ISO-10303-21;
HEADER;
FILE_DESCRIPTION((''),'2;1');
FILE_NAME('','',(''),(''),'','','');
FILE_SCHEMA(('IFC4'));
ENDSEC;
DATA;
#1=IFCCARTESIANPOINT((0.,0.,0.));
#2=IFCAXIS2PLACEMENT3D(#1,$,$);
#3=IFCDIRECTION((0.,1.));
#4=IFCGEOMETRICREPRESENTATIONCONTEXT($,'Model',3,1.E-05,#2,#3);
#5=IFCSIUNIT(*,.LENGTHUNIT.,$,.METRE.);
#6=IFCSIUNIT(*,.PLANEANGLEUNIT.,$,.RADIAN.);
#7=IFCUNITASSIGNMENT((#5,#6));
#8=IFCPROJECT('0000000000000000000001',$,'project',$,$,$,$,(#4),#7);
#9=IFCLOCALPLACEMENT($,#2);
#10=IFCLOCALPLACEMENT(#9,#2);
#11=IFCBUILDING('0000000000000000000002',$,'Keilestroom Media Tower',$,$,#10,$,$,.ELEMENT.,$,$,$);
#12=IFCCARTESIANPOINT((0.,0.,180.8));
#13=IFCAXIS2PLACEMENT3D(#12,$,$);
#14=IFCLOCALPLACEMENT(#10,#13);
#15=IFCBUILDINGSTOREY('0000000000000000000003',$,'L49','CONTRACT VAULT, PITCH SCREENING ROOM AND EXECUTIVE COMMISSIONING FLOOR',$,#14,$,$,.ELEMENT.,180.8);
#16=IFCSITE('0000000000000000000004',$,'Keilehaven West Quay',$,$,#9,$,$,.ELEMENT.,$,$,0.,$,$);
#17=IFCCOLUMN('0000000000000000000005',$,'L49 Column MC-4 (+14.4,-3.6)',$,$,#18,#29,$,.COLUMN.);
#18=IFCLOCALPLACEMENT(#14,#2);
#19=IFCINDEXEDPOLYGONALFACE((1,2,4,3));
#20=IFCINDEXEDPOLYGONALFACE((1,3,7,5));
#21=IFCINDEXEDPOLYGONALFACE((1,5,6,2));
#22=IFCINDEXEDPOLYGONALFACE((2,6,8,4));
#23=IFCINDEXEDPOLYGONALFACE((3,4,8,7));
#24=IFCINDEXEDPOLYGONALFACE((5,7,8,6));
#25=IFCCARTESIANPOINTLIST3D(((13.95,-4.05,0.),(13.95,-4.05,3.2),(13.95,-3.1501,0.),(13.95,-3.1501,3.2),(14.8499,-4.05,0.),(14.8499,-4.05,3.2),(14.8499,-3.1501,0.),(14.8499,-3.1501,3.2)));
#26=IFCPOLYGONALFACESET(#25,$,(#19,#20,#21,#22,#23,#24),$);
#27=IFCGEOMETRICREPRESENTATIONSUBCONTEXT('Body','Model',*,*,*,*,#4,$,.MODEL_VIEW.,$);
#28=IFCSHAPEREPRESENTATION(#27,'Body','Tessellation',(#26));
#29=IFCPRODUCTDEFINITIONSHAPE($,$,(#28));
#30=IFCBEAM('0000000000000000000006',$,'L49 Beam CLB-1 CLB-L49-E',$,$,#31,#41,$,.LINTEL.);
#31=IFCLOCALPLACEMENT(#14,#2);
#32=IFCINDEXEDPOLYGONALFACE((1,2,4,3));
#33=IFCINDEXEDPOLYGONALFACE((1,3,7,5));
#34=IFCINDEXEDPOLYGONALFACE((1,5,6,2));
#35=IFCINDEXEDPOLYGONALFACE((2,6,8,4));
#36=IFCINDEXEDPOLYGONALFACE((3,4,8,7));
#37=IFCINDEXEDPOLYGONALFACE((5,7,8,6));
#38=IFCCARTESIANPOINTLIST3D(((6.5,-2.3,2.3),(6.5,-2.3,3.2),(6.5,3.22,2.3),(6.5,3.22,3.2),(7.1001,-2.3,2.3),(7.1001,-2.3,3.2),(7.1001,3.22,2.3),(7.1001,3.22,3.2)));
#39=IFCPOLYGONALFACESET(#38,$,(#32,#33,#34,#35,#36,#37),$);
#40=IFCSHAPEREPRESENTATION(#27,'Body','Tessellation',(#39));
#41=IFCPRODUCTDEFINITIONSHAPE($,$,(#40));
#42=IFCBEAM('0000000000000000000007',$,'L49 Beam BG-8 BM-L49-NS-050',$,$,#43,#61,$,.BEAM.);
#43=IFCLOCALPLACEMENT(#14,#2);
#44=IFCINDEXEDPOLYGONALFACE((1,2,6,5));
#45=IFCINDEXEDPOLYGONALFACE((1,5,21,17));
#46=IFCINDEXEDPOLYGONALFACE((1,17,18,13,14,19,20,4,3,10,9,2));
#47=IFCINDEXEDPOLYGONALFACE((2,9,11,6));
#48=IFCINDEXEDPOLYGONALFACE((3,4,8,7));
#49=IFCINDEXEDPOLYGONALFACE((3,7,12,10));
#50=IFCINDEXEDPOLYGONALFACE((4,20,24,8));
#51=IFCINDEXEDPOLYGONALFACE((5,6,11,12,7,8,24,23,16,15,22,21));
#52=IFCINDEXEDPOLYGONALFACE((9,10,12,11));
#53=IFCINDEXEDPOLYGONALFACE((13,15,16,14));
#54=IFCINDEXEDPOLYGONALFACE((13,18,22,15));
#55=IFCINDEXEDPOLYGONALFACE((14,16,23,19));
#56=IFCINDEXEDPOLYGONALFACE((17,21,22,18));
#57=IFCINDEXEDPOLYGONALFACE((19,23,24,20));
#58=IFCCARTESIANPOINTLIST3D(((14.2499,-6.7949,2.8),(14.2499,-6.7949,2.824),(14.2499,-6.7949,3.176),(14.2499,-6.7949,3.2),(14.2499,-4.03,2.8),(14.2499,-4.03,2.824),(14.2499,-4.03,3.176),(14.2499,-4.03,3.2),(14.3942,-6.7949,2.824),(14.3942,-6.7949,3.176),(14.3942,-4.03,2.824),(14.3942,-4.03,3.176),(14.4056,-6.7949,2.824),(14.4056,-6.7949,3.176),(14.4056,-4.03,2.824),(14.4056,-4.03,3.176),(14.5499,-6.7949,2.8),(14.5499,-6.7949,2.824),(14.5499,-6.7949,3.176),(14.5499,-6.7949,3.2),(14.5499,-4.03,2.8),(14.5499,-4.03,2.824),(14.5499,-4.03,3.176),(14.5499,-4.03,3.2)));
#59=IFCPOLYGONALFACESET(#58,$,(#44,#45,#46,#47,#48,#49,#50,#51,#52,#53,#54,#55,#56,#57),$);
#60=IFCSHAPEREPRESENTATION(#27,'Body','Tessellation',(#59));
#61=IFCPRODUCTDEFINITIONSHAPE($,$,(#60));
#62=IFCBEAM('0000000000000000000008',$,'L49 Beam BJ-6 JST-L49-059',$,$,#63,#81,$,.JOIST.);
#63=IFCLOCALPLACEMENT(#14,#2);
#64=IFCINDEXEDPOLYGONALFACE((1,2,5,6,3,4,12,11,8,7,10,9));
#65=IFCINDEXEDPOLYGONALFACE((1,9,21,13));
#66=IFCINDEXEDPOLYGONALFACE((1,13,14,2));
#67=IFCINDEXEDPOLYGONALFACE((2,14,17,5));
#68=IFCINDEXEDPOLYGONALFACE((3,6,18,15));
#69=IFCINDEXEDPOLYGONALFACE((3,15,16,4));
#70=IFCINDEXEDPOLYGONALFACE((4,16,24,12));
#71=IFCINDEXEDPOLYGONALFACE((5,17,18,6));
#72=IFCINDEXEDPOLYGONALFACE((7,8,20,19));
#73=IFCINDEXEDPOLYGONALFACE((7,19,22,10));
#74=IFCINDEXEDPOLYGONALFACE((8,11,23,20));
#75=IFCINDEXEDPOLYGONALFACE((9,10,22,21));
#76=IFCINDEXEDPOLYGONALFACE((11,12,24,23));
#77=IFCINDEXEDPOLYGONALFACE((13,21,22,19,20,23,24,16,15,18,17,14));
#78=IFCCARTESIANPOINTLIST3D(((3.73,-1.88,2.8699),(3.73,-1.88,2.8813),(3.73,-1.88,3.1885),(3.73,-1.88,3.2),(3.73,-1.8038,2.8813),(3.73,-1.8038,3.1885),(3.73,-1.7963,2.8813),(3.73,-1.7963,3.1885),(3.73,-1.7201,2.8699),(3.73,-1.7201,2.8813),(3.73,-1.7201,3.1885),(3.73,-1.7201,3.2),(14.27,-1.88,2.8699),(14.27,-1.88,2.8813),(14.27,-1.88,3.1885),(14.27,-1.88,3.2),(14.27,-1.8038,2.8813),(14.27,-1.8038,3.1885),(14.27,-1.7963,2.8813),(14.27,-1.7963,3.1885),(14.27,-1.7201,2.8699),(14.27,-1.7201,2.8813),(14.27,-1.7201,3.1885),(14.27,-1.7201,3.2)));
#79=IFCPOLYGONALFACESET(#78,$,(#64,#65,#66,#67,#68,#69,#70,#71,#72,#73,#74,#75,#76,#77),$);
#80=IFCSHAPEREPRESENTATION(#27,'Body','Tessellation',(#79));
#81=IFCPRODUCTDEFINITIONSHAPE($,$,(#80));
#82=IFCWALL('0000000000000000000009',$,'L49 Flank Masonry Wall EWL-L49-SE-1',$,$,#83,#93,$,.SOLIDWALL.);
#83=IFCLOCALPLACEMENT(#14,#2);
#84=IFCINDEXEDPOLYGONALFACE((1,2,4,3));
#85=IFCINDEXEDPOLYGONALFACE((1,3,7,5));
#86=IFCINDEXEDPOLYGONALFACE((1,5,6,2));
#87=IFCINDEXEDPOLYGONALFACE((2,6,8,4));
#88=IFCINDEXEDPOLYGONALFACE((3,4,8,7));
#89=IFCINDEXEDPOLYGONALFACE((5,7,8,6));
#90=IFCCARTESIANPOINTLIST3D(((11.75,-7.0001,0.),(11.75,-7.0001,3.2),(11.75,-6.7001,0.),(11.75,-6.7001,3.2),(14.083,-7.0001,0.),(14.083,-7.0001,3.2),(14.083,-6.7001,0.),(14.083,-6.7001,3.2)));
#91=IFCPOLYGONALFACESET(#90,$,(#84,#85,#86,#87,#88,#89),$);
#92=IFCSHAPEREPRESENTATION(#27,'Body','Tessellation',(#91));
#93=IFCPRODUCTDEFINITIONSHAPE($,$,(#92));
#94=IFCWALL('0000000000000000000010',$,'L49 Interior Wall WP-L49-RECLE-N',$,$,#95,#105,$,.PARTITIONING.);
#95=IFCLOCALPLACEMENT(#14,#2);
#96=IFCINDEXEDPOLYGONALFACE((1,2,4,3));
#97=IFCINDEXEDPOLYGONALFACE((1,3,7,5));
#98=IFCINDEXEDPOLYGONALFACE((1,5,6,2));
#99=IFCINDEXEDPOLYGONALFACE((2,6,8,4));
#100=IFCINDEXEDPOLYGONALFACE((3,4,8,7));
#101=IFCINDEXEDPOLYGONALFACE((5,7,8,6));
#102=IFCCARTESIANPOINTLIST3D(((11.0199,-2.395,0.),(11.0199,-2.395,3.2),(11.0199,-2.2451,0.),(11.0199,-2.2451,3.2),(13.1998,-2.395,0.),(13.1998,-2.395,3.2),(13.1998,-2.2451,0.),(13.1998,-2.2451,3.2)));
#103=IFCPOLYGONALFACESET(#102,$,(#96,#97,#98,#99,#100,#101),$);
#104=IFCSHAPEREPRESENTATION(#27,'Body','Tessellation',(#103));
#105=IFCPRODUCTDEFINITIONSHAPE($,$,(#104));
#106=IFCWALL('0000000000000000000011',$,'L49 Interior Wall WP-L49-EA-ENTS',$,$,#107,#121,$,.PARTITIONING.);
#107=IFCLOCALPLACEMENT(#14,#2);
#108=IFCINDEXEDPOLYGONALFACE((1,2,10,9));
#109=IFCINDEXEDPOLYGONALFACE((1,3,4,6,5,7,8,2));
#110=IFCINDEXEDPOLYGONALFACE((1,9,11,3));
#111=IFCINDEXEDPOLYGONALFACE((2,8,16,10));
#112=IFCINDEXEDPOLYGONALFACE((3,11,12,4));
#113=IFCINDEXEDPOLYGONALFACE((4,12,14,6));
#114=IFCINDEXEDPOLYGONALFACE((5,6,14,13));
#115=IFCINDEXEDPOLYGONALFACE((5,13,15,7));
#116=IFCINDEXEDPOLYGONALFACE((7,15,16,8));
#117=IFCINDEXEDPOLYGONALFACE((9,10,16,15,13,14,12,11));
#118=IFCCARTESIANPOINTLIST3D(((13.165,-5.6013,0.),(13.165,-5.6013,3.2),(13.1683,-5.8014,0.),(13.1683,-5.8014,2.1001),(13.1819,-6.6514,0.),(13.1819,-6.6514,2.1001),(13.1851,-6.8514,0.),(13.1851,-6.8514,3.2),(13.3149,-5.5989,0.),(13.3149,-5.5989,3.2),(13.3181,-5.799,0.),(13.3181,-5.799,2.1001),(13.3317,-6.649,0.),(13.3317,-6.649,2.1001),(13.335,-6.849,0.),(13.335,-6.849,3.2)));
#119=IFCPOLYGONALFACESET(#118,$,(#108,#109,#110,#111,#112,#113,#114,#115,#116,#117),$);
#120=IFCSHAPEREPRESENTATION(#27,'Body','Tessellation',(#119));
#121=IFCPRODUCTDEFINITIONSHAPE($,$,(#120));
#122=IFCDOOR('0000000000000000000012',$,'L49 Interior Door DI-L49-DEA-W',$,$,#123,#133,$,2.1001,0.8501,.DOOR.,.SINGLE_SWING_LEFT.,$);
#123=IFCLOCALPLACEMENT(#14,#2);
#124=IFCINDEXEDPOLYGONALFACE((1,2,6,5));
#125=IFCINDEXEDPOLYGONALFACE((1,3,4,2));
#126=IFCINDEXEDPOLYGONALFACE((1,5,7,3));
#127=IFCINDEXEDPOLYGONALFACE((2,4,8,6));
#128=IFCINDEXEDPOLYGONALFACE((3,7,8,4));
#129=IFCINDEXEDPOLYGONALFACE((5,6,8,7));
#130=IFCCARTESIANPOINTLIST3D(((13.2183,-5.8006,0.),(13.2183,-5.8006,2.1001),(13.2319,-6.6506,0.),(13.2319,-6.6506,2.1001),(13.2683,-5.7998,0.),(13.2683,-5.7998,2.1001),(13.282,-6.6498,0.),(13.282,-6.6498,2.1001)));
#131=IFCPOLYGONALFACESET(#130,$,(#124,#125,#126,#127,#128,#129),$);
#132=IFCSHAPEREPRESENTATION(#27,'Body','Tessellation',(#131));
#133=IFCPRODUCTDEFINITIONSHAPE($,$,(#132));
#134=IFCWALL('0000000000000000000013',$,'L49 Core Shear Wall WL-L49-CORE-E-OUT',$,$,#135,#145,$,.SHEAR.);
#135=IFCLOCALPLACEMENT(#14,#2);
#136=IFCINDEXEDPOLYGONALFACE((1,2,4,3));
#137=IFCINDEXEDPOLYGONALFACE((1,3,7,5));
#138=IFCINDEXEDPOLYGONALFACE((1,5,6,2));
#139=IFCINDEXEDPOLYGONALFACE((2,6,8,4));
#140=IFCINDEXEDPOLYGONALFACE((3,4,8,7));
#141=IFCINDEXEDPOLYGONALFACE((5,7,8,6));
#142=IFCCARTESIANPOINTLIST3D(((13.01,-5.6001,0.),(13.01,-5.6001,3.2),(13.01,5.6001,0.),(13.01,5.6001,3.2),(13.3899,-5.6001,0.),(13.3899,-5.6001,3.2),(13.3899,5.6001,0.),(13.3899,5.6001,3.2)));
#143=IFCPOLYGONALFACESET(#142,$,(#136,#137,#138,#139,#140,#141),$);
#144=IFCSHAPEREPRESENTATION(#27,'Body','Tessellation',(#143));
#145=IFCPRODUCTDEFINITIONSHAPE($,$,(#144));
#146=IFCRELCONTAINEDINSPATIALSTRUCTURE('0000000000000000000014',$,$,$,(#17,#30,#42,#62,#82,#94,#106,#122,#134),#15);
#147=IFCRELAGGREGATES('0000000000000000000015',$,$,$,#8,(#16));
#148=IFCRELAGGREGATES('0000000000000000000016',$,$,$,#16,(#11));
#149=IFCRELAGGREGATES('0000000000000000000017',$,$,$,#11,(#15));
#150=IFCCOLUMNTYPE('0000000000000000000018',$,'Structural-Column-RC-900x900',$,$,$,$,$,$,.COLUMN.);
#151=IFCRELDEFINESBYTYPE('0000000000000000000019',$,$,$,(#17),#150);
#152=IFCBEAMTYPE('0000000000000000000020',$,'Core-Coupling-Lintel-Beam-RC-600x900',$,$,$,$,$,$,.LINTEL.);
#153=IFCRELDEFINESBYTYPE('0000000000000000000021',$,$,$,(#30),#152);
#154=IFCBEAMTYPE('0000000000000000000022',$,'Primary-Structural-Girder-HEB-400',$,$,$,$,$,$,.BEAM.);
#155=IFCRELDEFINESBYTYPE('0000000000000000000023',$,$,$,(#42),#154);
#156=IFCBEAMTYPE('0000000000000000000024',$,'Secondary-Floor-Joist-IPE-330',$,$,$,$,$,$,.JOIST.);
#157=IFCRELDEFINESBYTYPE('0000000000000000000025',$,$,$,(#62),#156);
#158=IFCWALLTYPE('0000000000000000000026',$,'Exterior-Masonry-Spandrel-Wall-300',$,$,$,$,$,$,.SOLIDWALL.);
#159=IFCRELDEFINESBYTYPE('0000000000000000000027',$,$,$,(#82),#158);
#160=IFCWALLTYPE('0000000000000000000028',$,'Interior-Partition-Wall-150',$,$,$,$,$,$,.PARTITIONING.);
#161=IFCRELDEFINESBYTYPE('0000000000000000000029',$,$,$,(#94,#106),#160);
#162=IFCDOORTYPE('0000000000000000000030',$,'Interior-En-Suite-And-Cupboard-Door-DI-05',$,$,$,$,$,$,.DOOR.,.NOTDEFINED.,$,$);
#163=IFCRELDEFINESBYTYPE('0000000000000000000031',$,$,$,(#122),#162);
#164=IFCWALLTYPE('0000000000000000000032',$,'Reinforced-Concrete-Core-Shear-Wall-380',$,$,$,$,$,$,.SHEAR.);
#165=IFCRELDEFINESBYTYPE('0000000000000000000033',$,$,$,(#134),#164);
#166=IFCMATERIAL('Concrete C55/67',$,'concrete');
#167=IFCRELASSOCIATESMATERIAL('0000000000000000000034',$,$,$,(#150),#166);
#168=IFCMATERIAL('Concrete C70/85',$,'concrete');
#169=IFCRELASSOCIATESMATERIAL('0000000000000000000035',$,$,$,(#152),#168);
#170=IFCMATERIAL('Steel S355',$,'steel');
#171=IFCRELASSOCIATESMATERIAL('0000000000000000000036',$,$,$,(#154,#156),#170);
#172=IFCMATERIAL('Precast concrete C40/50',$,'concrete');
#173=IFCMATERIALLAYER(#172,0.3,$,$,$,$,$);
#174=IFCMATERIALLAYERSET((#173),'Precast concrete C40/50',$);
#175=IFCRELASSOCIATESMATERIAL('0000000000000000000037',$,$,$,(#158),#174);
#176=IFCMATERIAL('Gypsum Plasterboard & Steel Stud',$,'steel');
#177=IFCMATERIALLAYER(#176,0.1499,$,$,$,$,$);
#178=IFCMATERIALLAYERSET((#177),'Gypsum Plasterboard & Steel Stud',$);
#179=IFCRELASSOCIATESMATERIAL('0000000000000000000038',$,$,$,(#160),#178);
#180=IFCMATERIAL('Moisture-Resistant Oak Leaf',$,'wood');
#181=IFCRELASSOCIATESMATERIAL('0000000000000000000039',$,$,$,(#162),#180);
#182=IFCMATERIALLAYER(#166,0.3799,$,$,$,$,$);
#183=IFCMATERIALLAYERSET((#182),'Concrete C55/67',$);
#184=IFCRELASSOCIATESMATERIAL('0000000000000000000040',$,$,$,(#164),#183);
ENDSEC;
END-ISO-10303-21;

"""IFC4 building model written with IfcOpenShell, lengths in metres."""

from ifc_helpers import new_model, si_unit, direction, frame, frame_2d, origin, origin_2d, place, context, subcontext, project, spatial, rectangle, i_section, extrude, source, transform, mapped, material, layer, layer_set, material_profile, profile_set, type_object, element, fill, save


model = new_model("IFC4")

# Units and contexts
model_context = context("Model", 3, precision=1e-05, world=origin(), true_north=direction((0.0, 1.0)))
body_context = subcontext(model_context, "Body", "Model", "MODEL_VIEW")
ifc_project = project(units=[si_unit("LENGTHUNIT", "METRE"), si_unit("PLANEANGLEUNIT", "RADIAN")], contexts=[model_context])

# Site, building, storey
site_placement = place(None, origin())
site = spatial("IfcSite", under=ifc_project, at=site_placement, Name="Keilehaven West Quay", CompositionType="ELEMENT", RefElevation=0.0)
building_placement = place(site_placement, origin())
building = spatial("IfcBuilding", under=site, at=building_placement, Name="Keilestroom Media Tower", CompositionType="ELEMENT")
storey_placement = place(building_placement, frame((0.0, 0.0, 180.8)))
storey = spatial("IfcBuildingStorey", under=building, at=storey_placement, Name="L49", Description="CONTRACT VAULT, PITCH SCREENING ROOM AND EXECUTIVE COMMISSIONING FLOOR", CompositionType="ELEMENT", Elevation=180.8)

# Column
ifc_material_1 = material(Name="Concrete C55/67", Category="concrete")
ifc_material_profile_1 = material_profile(ifc_material_1, rectangle(XDim=0.8999, YDim=0.8999, at=origin_2d()), Name="RC 900x900")
ifc_profile_set_1 = profile_set([ifc_material_profile_1], Name="Concrete C55/67")
column_type = type_object("IfcColumnType", Name="Structural-Column-RC-900x900", PredefinedType="COLUMN", material=ifc_profile_set_1)
shared_shape_1 = source(origin(), body_context, "Body", "SweptSolid", [
    extrude(rectangle(XDim=0.8999, YDim=0.8999, at=origin_2d()), origin(), (0.0, 0.0, 1.0), 3.2),
])
column_placement = place(storey_placement, frame((14.3999, -3.6001, 0.0), z_axis=(0.0, 0.0, 1.0), x_axis=(1.0, 0.0, 0.0)))
element("IfcColumn", 1, at=column_placement, inside=storey, type_object=column_type, Name="L49 Column MC-4 (+14.4,-3.6)", PredefinedType="COLUMN", context=body_context, shape_type="MappedRepresentation", body=[
    mapped(shared_shape_1, transform((0.0, 0.0, 0.0), x_axis=(1.0, 0.0, 0.0), y_axis=(0.0, 1.0, 0.0), z_axis=(0.0, 0.0, 1.0), scale=1.0)),
])

# Beams
ifc_material_2 = material(Name="Concrete C70/85", Category="concrete")
ifc_material_profile_2 = material_profile(ifc_material_2, rectangle(XDim=0.6001, YDim=0.8999, at=origin_2d()), Name="RC 600x900")
ifc_profile_set_2 = profile_set([ifc_material_profile_2], Name="Concrete C70/85")
beam_type_1 = type_object("IfcBeamType", Name="Core-Coupling-Lintel-Beam-RC-600x900", PredefinedType="LINTEL", material=ifc_profile_set_2)
shared_shape_2 = source(origin(), body_context, "Body", "SweptSolid", [
    extrude(rectangle(XDim=0.6001, YDim=0.8999, at=origin_2d()), origin(), (0.0, 0.0, 1.0), 5.52),
])
beam_1_placement = place(storey_placement, frame((6.8, -2.3, 2.75), z_axis=(0.0, 1.0, 0.0), x_axis=(-1.0, 0.0, 0.0)))
element("IfcBeam", 2, at=beam_1_placement, inside=storey, type_object=beam_type_1, Name="L49 Beam CLB-1 CLB-L49-E", PredefinedType="LINTEL", context=body_context, shape_type="MappedRepresentation", body=[
    mapped(shared_shape_2, transform((0.0, 0.0, 0.0), x_axis=(1.0, 0.0, 0.0), y_axis=(0.0, 1.0, 0.0), z_axis=(0.0, 0.0, 1.0), scale=1.0)),
])
ifc_material_3 = material(Name="Steel S355", Category="steel")
ifc_material_profile_3 = material_profile(ifc_material_3, i_section(OverallWidth=0.3, OverallDepth=0.3999, WebThickness=0.0115, FlangeThickness=0.0239, at=origin_2d()), Name="HEB 400")
ifc_profile_set_3 = profile_set([ifc_material_profile_3], Name="Steel S355")
beam_type_2 = type_object("IfcBeamType", Name="Primary-Structural-Girder-HEB-400", PredefinedType="BEAM", material=ifc_profile_set_3)
shared_shape_3 = source(origin(), body_context, "Body", "SweptSolid", [
    extrude(i_section(OverallWidth=0.3, OverallDepth=0.3999, WebThickness=0.0115, FlangeThickness=0.0239, at=origin_2d()), origin(), (0.0, 0.0, 1.0), 2.7649),
])
beam_2_placement = place(storey_placement, frame((14.3999, -6.7949, 3.0), z_axis=(0.0, 1.0, 0.0), x_axis=(-1.0, 0.0, 0.0)))
element("IfcBeam", 3, at=beam_2_placement, inside=storey, type_object=beam_type_2, Name="L49 Beam BG-8 BM-L49-NS-050", PredefinedType="BEAM", context=body_context, shape_type="MappedRepresentation", body=[
    mapped(shared_shape_3, transform((0.0, 0.0, 0.0), x_axis=(1.0, 0.0, 0.0), y_axis=(0.0, 1.0, 0.0), z_axis=(0.0, 0.0, 1.0), scale=1.0)),
])
ifc_material_profile_4 = material_profile(ifc_material_3, i_section(OverallWidth=0.1599, OverallDepth=0.3301, WebThickness=0.0076, FlangeThickness=0.0115, at=origin_2d()), Name="IPE 330")
ifc_profile_set_4 = profile_set([ifc_material_profile_4], Name="Steel S355")
beam_type_3 = type_object("IfcBeamType", Name="Secondary-Floor-Joist-IPE-330", PredefinedType="JOIST", material=ifc_profile_set_4)
shared_shape_4 = source(origin(), body_context, "Body", "SweptSolid", [
    extrude(i_section(OverallWidth=0.1599, OverallDepth=0.3301, WebThickness=0.0076, FlangeThickness=0.0115, at=origin_2d()), origin(), (0.0, 0.0, 1.0), 10.54),
])
beam_3_placement = place(storey_placement, frame((3.73, -1.8, 3.0349), z_axis=(1.0, 0.0, 0.0), x_axis=(0.0, 1.0, 0.0)))
element("IfcBeam", 4, at=beam_3_placement, inside=storey, type_object=beam_type_3, Name="L49 Beam BJ-6 JST-L49-059", PredefinedType="JOIST", context=body_context, shape_type="MappedRepresentation", body=[
    mapped(shared_shape_4, transform((0.0, 0.0, 0.0), x_axis=(1.0, 0.0, 0.0), y_axis=(0.0, 1.0, 0.0), z_axis=(0.0, 0.0, 1.0), scale=1.0)),
])

# Walls
ifc_material_4 = material(Name="Precast concrete C40/50", Category="concrete")
ifc_layer_1 = layer(ifc_material_4, 0.3)
ifc_layer_set_1 = layer_set([ifc_layer_1], Name="Precast concrete C40/50")
wall_type_1 = type_object("IfcWallType", Name="Exterior-Masonry-Spandrel-Wall-300", PredefinedType="SOLIDWALL", material=ifc_layer_set_1)
wall_1_placement = place(storey_placement, frame((11.75, -6.8501, 0.0), z_axis=(0.0, 0.0, 1.0), x_axis=(1.0, 0.0, 0.0)))
element("IfcWall", 5, at=wall_1_placement, inside=storey, type_object=wall_type_1, Name="L49 Flank Masonry Wall EWL-L49-SE-1", PredefinedType="SOLIDWALL", context=body_context, shape_type="SweptSolid", body=[
    extrude(rectangle(XDim=2.333, YDim=0.3, at=frame_2d((1.1665, 0.0))), origin(), (0.0, 0.0, 1.0), 3.2),
])
ifc_material_5 = material(Name="Gypsum Plasterboard & Steel Stud", Category="steel")
ifc_layer_2 = layer(ifc_material_5, 0.1499)
ifc_layer_set_2 = layer_set([ifc_layer_2], Name="Gypsum Plasterboard & Steel Stud")
wall_type_2 = type_object("IfcWallType", Name="Interior-Partition-Wall-150", PredefinedType="PARTITIONING", material=ifc_layer_set_2)
wall_2_placement = place(storey_placement, frame((11.02, -2.3201, 0.0), z_axis=(0.0, 0.0, 1.0), x_axis=(1.0, 0.0, 0.0)))
element("IfcWall", 6, at=wall_2_placement, inside=storey, type_object=wall_type_2, Name="L49 Interior Wall WP-L49-RECLE-N", PredefinedType="PARTITIONING", context=body_context, shape_type="SweptSolid", body=[
    extrude(rectangle(XDim=2.1799, YDim=0.1499, at=frame_2d((1.0898, 0.0))), origin(), (0.0, 0.0, 1.0), 3.2),
])

# Wall, opening, door
wall_3_placement = place(storey_placement, frame((13.26, -6.8501, 0.0), z_axis=(0.0, 0.0, 1.0), x_axis=(-0.016014, 0.999872, 0.0)))
wall_3 = element("IfcWall", 7, at=wall_3_placement, inside=storey, type_object=wall_type_2, Name="L49 Interior Wall WP-L49-EA-ENTS", PredefinedType="PARTITIONING", context=body_context, shape_type="SweptSolid", body=[
    extrude(rectangle(XDim=1.2502, YDim=0.1499, at=frame_2d((0.625, 0.0))), origin(), (0.0, 0.0, 1.0), 3.2),
])
opening_1_placement = place(wall_3_placement, frame((0.2, 0.0, 0.0)))
opening_1 = element("IfcOpeningElement", 8, at=opening_1_placement, cuts=wall_3, PredefinedType="OPENING", context=body_context, shape_type="SweptSolid", body=[
    extrude(rectangle(XDim=0.8501, YDim=2.1001, at=frame_2d((0.425, 1.05))), frame((0.0, 0.085, 0.0), z_axis=(0.0, -1.0, 0.0), x_axis=(1.0, 0.0, 0.0)), (0.0, 0.0, 1.0), 0.1699),
])
ifc_material_6 = material(Name="Moisture-Resistant Oak Leaf", Category="wood")
door_type_1 = type_object("IfcDoorType", Name="Interior-En-Suite-And-Cupboard-Door-DI-05", OperationType="NOTDEFINED", PredefinedType="DOOR", material=ifc_material_6)
shared_shape_5 = source(origin(), body_context, "Body", "SweptSolid", [
    extrude(rectangle(XDim=0.8501, YDim=2.1001, at=frame_2d((0.425, 1.05))), frame((0.0, 0.0249, 0.0), z_axis=(0.0, -1.0, 0.0), x_axis=(1.0, 0.0, 0.0)), (0.0, 0.0, 1.0), 0.05),
])
door_1_placement = place(opening_1_placement, origin())
door_1 = element("IfcDoor", 9, at=door_1_placement, inside=storey, type_object=door_type_1, Name="L49 Interior Door DI-L49-DEA-W", OperationType="SINGLE_SWING_LEFT", OverallHeight=2.1001, OverallWidth=0.8501, PredefinedType="DOOR", context=body_context, shape_type="MappedRepresentation", body=[
    mapped(shared_shape_5, transform((0.0, 0.0, 0.0), x_axis=(1.0, 0.0, 0.0), y_axis=(0.0, 1.0, 0.0), z_axis=(0.0, 0.0, 1.0), scale=1.0)),
])
fill(opening_1, door_1)

# Wall
ifc_layer_3 = layer(ifc_material_1, 0.3799)
ifc_layer_set_3 = layer_set([ifc_layer_3], Name="Concrete C55/67")
wall_type_3 = type_object("IfcWallType", Name="Reinforced-Concrete-Core-Shear-Wall-380", PredefinedType="SHEAR", material=ifc_layer_set_3)
wall_4_placement = place(storey_placement, frame((13.2, -5.6001, 0.0), z_axis=(0.0, 0.0, 1.0), x_axis=(0.0, 1.0, 0.0)))
element("IfcWall", 10, at=wall_4_placement, inside=storey, type_object=wall_type_3, Name="L49 Core Shear Wall WL-L49-CORE-E-OUT", PredefinedType="SHEAR", context=body_context, shape_type="SweptSolid", body=[
    extrude(rectangle(XDim=11.2002, YDim=0.3799, at=frame_2d((5.6001, 0.0))), origin(), (0.0, 0.0, 1.0), 3.2),
])

save(model, "model.ifc")
